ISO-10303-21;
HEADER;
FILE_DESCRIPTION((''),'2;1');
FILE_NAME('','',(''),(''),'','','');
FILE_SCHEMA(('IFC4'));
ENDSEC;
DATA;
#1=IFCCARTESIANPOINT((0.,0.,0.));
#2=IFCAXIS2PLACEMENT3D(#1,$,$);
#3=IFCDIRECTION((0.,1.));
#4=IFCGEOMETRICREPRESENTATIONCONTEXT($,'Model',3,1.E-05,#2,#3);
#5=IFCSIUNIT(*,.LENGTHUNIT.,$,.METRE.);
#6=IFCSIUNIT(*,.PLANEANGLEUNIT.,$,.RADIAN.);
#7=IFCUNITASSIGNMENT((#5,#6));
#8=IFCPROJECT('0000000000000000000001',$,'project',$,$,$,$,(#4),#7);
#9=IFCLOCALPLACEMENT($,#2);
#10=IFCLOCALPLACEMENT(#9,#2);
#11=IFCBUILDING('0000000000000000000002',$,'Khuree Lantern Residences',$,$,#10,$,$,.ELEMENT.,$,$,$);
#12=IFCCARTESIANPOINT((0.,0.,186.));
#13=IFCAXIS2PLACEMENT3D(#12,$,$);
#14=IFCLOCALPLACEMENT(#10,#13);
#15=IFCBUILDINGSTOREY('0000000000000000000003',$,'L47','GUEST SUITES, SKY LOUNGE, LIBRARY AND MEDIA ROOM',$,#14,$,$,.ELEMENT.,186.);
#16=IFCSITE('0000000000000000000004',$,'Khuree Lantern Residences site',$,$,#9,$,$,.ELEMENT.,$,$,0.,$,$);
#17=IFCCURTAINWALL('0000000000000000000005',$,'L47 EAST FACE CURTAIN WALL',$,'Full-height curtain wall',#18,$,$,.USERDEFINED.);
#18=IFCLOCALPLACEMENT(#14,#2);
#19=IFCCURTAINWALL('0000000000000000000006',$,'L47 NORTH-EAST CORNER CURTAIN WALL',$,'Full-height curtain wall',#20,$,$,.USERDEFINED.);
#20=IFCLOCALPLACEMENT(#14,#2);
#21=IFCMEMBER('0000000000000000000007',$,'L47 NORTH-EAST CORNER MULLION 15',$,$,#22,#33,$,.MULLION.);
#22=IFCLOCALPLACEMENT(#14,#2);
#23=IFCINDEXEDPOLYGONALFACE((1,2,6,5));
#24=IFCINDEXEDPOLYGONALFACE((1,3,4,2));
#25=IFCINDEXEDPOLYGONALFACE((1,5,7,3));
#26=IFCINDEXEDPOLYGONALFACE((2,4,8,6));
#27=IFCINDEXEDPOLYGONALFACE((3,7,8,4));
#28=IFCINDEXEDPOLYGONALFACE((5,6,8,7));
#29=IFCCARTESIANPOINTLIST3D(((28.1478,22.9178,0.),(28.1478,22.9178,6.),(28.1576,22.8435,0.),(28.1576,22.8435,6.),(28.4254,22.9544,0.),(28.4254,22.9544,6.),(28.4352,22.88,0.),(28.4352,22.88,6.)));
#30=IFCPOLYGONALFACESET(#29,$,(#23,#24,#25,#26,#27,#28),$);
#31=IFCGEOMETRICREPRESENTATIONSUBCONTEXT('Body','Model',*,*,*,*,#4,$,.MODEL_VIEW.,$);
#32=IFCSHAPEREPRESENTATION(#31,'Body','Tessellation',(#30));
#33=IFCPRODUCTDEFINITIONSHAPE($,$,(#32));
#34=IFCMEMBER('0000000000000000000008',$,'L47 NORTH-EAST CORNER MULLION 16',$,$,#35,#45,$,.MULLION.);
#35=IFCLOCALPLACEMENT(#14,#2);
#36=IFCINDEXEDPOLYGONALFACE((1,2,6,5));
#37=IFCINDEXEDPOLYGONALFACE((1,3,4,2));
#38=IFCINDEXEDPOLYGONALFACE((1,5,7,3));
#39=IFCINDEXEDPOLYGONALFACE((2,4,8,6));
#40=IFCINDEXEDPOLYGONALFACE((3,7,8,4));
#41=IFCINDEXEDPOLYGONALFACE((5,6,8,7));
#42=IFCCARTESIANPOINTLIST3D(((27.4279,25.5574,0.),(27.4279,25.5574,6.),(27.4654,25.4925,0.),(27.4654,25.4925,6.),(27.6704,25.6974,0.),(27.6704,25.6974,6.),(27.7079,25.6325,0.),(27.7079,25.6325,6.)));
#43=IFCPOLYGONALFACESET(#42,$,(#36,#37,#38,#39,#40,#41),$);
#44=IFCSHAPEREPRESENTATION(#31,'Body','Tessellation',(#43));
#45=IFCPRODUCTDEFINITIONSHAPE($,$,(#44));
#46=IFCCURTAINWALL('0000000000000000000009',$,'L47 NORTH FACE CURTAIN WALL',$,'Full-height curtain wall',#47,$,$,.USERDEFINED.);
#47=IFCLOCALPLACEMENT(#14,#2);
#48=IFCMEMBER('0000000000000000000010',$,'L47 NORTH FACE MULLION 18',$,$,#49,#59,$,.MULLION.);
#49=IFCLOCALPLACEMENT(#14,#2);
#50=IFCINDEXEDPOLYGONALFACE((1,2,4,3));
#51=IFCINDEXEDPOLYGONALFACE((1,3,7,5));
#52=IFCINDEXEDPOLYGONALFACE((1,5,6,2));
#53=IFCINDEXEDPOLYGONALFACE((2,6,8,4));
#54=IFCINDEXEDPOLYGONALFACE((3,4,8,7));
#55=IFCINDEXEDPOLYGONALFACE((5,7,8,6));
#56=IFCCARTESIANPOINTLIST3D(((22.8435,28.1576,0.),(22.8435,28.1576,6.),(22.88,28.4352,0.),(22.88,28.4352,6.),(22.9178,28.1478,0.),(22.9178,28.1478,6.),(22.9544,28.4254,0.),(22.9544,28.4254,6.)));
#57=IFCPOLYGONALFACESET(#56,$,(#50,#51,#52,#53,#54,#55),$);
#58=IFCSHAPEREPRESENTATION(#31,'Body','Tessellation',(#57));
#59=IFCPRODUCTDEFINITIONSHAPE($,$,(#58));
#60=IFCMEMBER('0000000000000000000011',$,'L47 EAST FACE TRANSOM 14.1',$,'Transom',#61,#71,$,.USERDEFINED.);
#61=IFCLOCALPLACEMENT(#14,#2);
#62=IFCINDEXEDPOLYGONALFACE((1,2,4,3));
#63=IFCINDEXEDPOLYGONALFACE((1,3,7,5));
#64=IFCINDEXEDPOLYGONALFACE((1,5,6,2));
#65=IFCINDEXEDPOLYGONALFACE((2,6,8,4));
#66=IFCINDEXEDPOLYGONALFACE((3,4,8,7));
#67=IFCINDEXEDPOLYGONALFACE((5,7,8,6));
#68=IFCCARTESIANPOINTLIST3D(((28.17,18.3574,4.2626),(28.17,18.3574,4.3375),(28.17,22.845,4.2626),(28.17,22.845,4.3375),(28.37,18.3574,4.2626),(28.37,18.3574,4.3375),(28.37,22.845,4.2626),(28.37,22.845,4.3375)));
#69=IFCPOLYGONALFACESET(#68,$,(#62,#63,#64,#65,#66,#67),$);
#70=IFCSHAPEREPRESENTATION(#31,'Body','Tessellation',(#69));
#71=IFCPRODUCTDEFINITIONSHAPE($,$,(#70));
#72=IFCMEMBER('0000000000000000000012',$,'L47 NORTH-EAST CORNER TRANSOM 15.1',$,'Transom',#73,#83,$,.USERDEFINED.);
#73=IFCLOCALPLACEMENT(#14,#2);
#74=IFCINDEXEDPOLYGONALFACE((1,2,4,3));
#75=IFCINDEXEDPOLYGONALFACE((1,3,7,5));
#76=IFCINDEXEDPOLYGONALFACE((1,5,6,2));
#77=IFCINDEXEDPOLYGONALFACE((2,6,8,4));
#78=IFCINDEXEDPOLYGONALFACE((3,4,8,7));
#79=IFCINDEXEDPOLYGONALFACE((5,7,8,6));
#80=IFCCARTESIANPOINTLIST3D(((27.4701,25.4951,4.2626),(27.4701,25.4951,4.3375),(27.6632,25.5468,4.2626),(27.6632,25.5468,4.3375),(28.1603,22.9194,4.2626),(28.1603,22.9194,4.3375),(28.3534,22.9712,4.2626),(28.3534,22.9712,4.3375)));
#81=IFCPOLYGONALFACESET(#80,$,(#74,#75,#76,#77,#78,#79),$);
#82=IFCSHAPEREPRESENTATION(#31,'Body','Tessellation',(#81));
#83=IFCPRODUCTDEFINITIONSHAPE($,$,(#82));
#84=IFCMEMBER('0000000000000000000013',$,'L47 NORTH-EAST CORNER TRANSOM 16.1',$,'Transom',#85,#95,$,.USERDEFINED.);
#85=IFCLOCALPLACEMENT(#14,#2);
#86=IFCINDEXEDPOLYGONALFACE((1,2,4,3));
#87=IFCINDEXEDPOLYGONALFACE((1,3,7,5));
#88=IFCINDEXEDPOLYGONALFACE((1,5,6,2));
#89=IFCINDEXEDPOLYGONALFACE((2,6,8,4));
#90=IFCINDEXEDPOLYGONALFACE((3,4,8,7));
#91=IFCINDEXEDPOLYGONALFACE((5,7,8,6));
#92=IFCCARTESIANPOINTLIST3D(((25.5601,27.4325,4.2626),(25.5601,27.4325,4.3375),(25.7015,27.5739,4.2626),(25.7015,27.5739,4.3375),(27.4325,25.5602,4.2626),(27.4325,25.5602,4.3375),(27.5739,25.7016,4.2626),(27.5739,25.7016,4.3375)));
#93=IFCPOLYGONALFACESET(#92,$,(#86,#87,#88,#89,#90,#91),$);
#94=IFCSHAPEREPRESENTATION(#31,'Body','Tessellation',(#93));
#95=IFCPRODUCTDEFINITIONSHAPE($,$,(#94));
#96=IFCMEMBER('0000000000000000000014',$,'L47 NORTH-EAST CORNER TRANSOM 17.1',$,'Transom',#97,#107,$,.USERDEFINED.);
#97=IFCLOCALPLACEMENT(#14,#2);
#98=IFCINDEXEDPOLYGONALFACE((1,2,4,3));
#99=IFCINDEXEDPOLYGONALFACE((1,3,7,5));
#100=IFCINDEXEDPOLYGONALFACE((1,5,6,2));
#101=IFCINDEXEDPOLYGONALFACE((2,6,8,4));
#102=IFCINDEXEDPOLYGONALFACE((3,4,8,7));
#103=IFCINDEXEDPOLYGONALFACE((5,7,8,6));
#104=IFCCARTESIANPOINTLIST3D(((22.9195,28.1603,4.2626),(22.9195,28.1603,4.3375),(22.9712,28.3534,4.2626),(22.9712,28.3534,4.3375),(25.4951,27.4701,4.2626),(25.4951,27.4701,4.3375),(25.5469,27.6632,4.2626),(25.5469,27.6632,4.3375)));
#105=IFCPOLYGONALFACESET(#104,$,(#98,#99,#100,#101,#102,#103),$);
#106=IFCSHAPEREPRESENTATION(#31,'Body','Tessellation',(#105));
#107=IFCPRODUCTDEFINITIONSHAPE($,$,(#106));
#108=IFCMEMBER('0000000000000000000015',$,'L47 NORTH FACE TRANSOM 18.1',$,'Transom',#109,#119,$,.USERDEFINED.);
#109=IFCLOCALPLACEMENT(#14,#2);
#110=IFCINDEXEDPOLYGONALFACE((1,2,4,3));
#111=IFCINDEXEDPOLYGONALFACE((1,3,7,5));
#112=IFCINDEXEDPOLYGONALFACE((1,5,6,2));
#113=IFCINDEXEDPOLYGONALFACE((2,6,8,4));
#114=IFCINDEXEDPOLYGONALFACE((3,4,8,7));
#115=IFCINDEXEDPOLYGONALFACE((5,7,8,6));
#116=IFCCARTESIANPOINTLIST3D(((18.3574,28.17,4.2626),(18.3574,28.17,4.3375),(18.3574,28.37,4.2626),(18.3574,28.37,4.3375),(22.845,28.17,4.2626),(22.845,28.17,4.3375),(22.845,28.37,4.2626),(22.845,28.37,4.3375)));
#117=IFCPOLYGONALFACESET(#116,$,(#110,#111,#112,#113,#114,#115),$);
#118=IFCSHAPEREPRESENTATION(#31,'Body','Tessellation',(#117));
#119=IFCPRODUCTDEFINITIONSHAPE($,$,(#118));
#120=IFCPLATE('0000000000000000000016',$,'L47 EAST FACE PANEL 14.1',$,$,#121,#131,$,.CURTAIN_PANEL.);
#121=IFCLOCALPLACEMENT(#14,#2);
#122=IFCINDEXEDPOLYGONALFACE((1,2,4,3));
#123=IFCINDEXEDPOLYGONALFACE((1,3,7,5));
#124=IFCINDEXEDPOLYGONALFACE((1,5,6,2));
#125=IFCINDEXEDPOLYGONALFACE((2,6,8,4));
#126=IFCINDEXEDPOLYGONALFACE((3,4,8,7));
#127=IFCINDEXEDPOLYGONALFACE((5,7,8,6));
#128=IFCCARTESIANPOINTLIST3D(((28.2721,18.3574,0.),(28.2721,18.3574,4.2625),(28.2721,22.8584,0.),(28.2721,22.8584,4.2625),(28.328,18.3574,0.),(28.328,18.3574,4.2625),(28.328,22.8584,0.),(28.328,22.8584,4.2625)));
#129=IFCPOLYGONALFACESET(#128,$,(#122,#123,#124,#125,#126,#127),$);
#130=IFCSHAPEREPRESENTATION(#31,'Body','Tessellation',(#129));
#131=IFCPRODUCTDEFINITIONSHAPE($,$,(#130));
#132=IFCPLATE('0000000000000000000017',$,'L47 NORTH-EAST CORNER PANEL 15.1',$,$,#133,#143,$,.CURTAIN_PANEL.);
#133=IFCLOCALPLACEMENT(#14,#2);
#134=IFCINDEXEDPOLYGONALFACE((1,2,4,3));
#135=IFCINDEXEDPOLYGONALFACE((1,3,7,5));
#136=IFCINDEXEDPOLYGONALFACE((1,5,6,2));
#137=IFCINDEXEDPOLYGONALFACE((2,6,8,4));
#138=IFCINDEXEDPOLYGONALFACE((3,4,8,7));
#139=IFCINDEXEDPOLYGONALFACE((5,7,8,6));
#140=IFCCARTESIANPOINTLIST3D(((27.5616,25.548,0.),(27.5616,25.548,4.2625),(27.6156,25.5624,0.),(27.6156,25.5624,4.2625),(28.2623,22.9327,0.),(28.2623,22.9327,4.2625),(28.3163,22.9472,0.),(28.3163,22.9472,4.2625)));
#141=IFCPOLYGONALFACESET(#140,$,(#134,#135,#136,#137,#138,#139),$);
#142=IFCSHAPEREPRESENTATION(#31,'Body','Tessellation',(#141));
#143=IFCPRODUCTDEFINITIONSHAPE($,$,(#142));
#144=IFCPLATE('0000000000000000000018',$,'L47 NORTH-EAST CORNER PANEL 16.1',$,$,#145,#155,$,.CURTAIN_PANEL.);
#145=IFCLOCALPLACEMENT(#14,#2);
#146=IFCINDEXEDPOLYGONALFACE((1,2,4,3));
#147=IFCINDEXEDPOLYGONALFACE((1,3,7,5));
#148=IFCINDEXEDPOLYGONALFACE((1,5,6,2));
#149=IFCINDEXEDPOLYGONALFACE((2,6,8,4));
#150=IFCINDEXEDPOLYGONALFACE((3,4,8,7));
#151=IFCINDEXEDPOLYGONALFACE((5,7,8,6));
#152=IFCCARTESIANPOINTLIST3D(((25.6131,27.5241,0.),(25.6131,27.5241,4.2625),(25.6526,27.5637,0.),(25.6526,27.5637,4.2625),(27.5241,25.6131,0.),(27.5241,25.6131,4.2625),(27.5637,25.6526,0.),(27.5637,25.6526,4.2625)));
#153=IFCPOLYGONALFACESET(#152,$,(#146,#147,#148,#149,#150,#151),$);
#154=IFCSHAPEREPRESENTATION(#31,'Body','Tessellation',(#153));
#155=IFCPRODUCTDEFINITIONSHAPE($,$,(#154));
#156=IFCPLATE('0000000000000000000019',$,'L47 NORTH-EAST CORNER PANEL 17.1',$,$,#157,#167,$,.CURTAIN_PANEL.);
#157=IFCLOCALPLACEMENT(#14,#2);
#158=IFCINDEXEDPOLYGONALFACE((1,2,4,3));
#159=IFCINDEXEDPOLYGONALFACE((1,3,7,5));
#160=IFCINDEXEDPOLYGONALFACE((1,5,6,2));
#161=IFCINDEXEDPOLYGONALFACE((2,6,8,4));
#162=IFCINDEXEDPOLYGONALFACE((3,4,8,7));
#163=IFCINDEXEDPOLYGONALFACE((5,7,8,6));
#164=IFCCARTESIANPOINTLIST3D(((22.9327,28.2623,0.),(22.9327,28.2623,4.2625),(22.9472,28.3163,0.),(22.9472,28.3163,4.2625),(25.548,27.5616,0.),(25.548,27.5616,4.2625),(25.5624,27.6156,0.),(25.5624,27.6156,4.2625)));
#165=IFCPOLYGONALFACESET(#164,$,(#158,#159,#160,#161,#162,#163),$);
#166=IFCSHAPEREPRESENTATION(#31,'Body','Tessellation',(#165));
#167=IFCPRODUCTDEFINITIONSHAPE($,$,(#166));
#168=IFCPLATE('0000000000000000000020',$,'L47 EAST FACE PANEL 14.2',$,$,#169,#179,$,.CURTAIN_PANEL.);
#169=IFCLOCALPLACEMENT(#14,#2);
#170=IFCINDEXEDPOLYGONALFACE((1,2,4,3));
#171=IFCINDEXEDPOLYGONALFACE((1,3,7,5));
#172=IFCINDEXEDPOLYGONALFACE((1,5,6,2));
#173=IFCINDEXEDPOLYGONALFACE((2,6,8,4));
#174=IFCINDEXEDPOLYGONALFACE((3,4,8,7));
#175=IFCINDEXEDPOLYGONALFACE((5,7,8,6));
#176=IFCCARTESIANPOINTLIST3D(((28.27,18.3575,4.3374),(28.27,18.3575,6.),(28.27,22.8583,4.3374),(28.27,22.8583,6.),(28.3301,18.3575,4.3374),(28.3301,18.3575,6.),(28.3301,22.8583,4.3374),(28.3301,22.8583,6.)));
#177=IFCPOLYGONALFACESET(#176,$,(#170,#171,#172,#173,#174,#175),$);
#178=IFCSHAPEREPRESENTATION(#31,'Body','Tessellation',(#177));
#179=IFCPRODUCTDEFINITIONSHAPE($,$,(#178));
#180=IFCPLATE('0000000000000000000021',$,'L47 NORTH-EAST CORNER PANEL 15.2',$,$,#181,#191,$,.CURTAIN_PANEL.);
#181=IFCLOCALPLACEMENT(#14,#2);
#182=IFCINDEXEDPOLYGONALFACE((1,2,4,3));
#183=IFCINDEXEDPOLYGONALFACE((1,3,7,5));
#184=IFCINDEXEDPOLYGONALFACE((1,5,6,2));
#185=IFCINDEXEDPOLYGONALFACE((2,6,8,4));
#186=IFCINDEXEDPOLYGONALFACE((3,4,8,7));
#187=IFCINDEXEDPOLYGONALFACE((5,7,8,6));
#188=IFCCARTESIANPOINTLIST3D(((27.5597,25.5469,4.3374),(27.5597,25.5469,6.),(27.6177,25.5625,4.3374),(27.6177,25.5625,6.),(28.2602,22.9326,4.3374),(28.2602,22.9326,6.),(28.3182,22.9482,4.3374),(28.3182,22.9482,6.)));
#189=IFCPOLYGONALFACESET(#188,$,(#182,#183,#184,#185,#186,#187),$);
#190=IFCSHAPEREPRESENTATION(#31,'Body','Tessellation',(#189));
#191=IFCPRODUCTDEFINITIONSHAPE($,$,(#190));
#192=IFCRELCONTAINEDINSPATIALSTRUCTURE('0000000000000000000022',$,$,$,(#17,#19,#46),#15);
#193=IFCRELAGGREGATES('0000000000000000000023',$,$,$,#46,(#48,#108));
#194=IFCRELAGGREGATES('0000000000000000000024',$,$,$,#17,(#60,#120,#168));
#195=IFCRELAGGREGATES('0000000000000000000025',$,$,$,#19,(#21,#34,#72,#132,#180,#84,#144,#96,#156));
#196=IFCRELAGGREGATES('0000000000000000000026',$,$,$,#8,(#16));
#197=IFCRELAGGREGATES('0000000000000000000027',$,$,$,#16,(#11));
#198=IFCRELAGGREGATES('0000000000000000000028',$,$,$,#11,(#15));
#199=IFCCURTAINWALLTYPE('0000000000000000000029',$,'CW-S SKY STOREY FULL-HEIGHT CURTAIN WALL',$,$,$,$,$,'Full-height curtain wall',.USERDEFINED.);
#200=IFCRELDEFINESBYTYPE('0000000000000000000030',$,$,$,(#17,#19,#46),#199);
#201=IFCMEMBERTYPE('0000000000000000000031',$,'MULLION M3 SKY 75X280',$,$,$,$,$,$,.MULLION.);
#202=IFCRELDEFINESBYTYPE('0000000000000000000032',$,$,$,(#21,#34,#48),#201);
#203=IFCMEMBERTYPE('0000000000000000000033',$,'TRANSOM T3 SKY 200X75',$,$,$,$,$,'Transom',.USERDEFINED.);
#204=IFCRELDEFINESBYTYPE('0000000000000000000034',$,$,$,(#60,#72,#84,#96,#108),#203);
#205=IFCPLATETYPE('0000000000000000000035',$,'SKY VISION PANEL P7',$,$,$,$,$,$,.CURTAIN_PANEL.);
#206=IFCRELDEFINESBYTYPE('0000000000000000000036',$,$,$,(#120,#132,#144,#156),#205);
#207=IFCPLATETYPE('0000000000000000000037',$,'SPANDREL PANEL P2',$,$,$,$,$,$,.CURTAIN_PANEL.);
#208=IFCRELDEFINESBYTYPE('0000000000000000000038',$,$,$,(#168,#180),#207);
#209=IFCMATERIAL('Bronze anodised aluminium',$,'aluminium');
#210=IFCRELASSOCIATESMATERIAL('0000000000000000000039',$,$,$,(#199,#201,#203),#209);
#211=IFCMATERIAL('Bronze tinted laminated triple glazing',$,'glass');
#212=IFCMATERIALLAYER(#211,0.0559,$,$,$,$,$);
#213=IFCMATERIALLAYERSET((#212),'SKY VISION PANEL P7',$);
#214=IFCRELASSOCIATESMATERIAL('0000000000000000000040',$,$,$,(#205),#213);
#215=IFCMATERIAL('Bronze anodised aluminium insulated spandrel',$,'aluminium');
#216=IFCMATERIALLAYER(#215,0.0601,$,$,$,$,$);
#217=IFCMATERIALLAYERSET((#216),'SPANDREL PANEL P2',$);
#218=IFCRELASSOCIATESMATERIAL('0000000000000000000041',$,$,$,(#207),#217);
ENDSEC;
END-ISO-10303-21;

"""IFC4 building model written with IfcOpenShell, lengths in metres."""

from ifc_helpers import new_model, si_unit, direction, frame, origin, origin_2d, place, context, subcontext, project, spatial, rectangle, extrude, material, layer, layer_set, material_profile, profile_set, type_object, element, aggregate, save


model = new_model("IFC4")

# Units and contexts
model_context = context("Model", 3, precision=1e-05, world=origin(), true_north=direction((0.0, 1.0)))
body_context = subcontext(model_context, "Body", "Model", "MODEL_VIEW")
ifc_project = project(units=[si_unit("LENGTHUNIT", "METRE"), si_unit("PLANEANGLEUNIT", "RADIAN")], contexts=[model_context])

# Site, building, storey
site_placement = place(None, origin())
site = spatial("IfcSite", under=ifc_project, at=site_placement, Name="Khuree Lantern Residences site", CompositionType="ELEMENT", RefElevation=0.0)
building_placement = place(site_placement, origin())
building = spatial("IfcBuilding", under=site, at=building_placement, Name="Khuree Lantern Residences", CompositionType="ELEMENT")
storey_placement = place(building_placement, frame((0.0, 0.0, 186.0)))
storey = spatial("IfcBuildingStorey", under=building, at=storey_placement, Name="L47", Description="GUEST SUITES, SKY LOUNGE, LIBRARY AND MEDIA ROOM", CompositionType="ELEMENT", Elevation=186.0)

# Curtain walls
ifc_material_1 = material(Name="Bronze anodised aluminium", Category="aluminium")
curtain_wall_type = type_object("IfcCurtainWallType", Name="CW-S SKY STOREY FULL-HEIGHT CURTAIN WALL", ElementType="Full-height curtain wall", PredefinedType="USERDEFINED", material=ifc_material_1)
curtain_wall_1_placement = place(storey_placement, origin())
curtain_wall_1 = element("IfcCurtainWall", 1, at=curtain_wall_1_placement, inside=storey, type_object=curtain_wall_type, Name="L47 EAST FACE CURTAIN WALL", ObjectType="Full-height curtain wall", PredefinedType="USERDEFINED")
curtain_wall_2_placement = place(storey_placement, origin())
curtain_wall_2 = element("IfcCurtainWall", 2, at=curtain_wall_2_placement, inside=storey, type_object=curtain_wall_type, Name="L47 NORTH-EAST CORNER CURTAIN WALL", ObjectType="Full-height curtain wall", PredefinedType="USERDEFINED")

# Members
ifc_material_profile_1 = material_profile(ifc_material_1, rectangle(XDim=0.075, YDim=0.28, at=origin_2d()), Name="M3 75X280")
ifc_profile_set_1 = profile_set([ifc_material_profile_1], Name="Bronze anodised aluminium")
member_type_1 = type_object("IfcMemberType", Name="MULLION M3 SKY 75X280", PredefinedType="MULLION", material=ifc_profile_set_1)
member_1_placement = place(storey_placement, frame((28.2915, 22.8989, 0.0), z_axis=(0.0, 0.0, 1.0), x_axis=(-0.130526, 0.991445, 0.0)))
member_1 = element("IfcMember", 3, at=member_1_placement, type_object=member_type_1, Name="L47 NORTH-EAST CORNER MULLION 15", PredefinedType="MULLION", context=body_context, shape_type="SweptSolid", body=[
    extrude(rectangle(XDim=0.075, YDim=0.28, at=origin_2d()), origin(), (0.0, 0.0, 1.0), 6.0),
])
member_2_placement = place(storey_placement, frame((27.5679, 25.595, 0.0), z_axis=(0.0, 0.0, 1.0), x_axis=(-0.5, 0.866025, 0.0)))
member_2 = element("IfcMember", 4, at=member_2_placement, type_object=member_type_1, Name="L47 NORTH-EAST CORNER MULLION 16", PredefinedType="MULLION", context=body_context, shape_type="SweptSolid", body=[
    extrude(rectangle(XDim=0.075, YDim=0.28, at=origin_2d()), origin(), (0.0, 0.0, 1.0), 6.0),
])

# Curtain wall, member
curtain_wall_3_placement = place(storey_placement, origin())
curtain_wall_3 = element("IfcCurtainWall", 5, at=curtain_wall_3_placement, inside=storey, type_object=curtain_wall_type, Name="L47 NORTH FACE CURTAIN WALL", ObjectType="Full-height curtain wall", PredefinedType="USERDEFINED")
member_3_placement = place(storey_placement, frame((22.8989, 28.2915, 0.0), z_axis=(0.0, 0.0, 1.0), x_axis=(-0.991445, 0.130526, 0.0)))
member_3 = element("IfcMember", 6, at=member_3_placement, type_object=member_type_1, Name="L47 NORTH FACE MULLION 18", PredefinedType="MULLION", context=body_context, shape_type="SweptSolid", body=[
    extrude(rectangle(XDim=0.075, YDim=0.28, at=origin_2d()), origin(), (0.0, 0.0, 1.0), 6.0),
])

# Members
ifc_material_profile_2 = material_profile(ifc_material_1, rectangle(XDim=0.2, YDim=0.075, at=origin_2d()), Name="T3 200X75")
ifc_profile_set_2 = profile_set([ifc_material_profile_2], Name="Bronze anodised aluminium")
member_type_2 = type_object("IfcMemberType", Name="TRANSOM T3 SKY 200X75", ElementType="Transom", PredefinedType="USERDEFINED", material=ifc_profile_set_2)
member_4_placement = place(storey_placement, frame((28.27, 18.3574, 4.3), z_axis=(0.0, 1.0, 0.0), x_axis=(-1.0, 0.0, 0.0)))
member_4 = element("IfcMember", 7, at=member_4_placement, type_object=member_type_2, Name="L47 EAST FACE TRANSOM 14.1", ObjectType="Transom", PredefinedType="USERDEFINED", context=body_context, shape_type="SweptSolid", body=[
    extrude(rectangle(XDim=0.2, YDim=0.075, at=origin_2d()), origin(), (0.0, 0.0, 1.0), 4.4875),
])
member_5_placement = place(storey_placement, frame((28.2568, 22.9453, 4.3), z_axis=(-0.258831, 0.965923, 0.0), x_axis=(-0.965923, -0.258831, 0.0)))
member_5 = element("IfcMember", 8, at=member_5_placement, type_object=member_type_2, Name="L47 NORTH-EAST CORNER TRANSOM 15.1", ObjectType="Transom", PredefinedType="USERDEFINED", context=body_context, shape_type="SweptSolid", body=[
    extrude(rectangle(XDim=0.2, YDim=0.075, at=origin_2d()), origin(), (0.0, 0.0, 1.0), 2.6665),
])
member_6_placement = place(storey_placement, frame((27.5032, 25.6309, 4.3), z_axis=(-0.707107, 0.707107, 0.0), x_axis=(-0.707107, -0.707107, 0.0)))
member_6 = element("IfcMember", 9, at=member_6_placement, type_object=member_type_2, Name="L47 NORTH-EAST CORNER TRANSOM 16.1", ObjectType="Transom", PredefinedType="USERDEFINED", context=body_context, shape_type="SweptSolid", body=[
    extrude(rectangle(XDim=0.2, YDim=0.075, at=origin_2d()), origin(), (0.0, 0.0, 1.0), 2.6479),
])
member_7_placement = place(storey_placement, frame((25.521, 27.5667, 4.3), z_axis=(-0.965923, 0.258831, 0.0), x_axis=(-0.258831, -0.965923, 0.0)))
member_7 = element("IfcMember", 10, at=member_7_placement, type_object=member_type_2, Name="L47 NORTH-EAST CORNER TRANSOM 17.1", ObjectType="Transom", PredefinedType="USERDEFINED", context=body_context, shape_type="SweptSolid", body=[
    extrude(rectangle(XDim=0.2, YDim=0.075, at=origin_2d()), origin(), (0.0, 0.0, 1.0), 2.6665),
])
member_8_placement = place(storey_placement, frame((22.845, 28.27, 4.3), z_axis=(-1.0, 0.0, 0.0), x_axis=(0.0, -1.0, 0.0)))
member_8 = element("IfcMember", 11, at=member_8_placement, type_object=member_type_2, Name="L47 NORTH FACE TRANSOM 18.1", ObjectType="Transom", PredefinedType="USERDEFINED", context=body_context, shape_type="SweptSolid", body=[
    extrude(rectangle(XDim=0.2, YDim=0.075, at=origin_2d()), origin(), (0.0, 0.0, 1.0), 4.4875),
])
aggregate(curtain_wall_3, [member_3, member_8])

# Plates
ifc_material_2 = material(Name="Bronze tinted laminated triple glazing", Category="glass")
ifc_layer_1 = layer(ifc_material_2, 0.0559)
ifc_layer_set_1 = layer_set([ifc_layer_1], Name="SKY VISION PANEL P7")
plate_type_1 = type_object("IfcPlateType", Name="SKY VISION PANEL P7", PredefinedType="CURTAIN_PANEL", material=ifc_layer_set_1)
plate_1_placement = place(storey_placement, frame((28.3, 20.6079, 0.0), z_axis=(0.0, 0.0, 1.0), x_axis=(0.0, 1.0, 0.0)))
plate_1 = element("IfcPlate", 12, at=plate_1_placement, type_object=plate_type_1, Name="L47 EAST FACE PANEL 14.1", PredefinedType="CURTAIN_PANEL", context=body_context, shape_type="SweptSolid", body=[
    extrude(rectangle(XDim=4.501, YDim=0.0559, at=origin_2d()), origin(), (0.0, 0.0, 1.0), 4.2625),
])
plate_2_placement = place(storey_placement, frame((27.939, 24.2476, 0.0), z_axis=(0.0, 0.0, 1.0), x_axis=(-0.258819, 0.965926, 0.0)))
plate_2 = element("IfcPlate", 13, at=plate_2_placement, type_object=plate_type_1, Name="L47 NORTH-EAST CORNER PANEL 15.1", PredefinedType="CURTAIN_PANEL", context=body_context, shape_type="SweptSolid", body=[
    extrude(rectangle(XDim=2.7075, YDim=0.0559, at=origin_2d()), origin(), (0.0, 0.0, 1.0), 4.2625),
])
plate_3_placement = place(storey_placement, frame((26.5884, 26.5884, 0.0), z_axis=(0.0, 0.0, 1.0), x_axis=(-0.707107, 0.707107, 0.0)))
plate_3 = element("IfcPlate", 14, at=plate_3_placement, type_object=plate_type_1, Name="L47 NORTH-EAST CORNER PANEL 16.1", PredefinedType="CURTAIN_PANEL", context=body_context, shape_type="SweptSolid", body=[
    extrude(rectangle(XDim=2.7026, YDim=0.0559, at=origin_2d()), origin(), (0.0, 0.0, 1.0), 4.2625),
])
plate_4_placement = place(storey_placement, frame((24.2476, 27.939, 0.0), z_axis=(0.0, 0.0, 1.0), x_axis=(-0.965926, 0.258819, 0.0)))
plate_4 = element("IfcPlate", 15, at=plate_4_placement, type_object=plate_type_1, Name="L47 NORTH-EAST CORNER PANEL 17.1", PredefinedType="CURTAIN_PANEL", context=body_context, shape_type="SweptSolid", body=[
    extrude(rectangle(XDim=2.7075, YDim=0.0559, at=origin_2d()), origin(), (0.0, 0.0, 1.0), 4.2625),
])
ifc_material_3 = material(Name="Bronze anodised aluminium insulated spandrel", Category="aluminium")
ifc_layer_2 = layer(ifc_material_3, 0.0601)
ifc_layer_set_2 = layer_set([ifc_layer_2], Name="SPANDREL PANEL P2")
plate_type_2 = type_object("IfcPlateType", Name="SPANDREL PANEL P2", PredefinedType="CURTAIN_PANEL", material=ifc_layer_set_2)
plate_5_placement = place(storey_placement, frame((28.3, 20.6079, 4.3374), z_axis=(0.0, 0.0, 1.0), x_axis=(0.0, 1.0, 0.0)))
plate_5 = element("IfcPlate", 16, at=plate_5_placement, type_object=plate_type_2, Name="L47 EAST FACE PANEL 14.2", PredefinedType="CURTAIN_PANEL", context=body_context, shape_type="SweptSolid", body=[
    extrude(rectangle(XDim=4.5007, YDim=0.0601, at=origin_2d()), origin(), (0.0, 0.0, 1.0), 1.6626),
])
aggregate(curtain_wall_1, [member_4, plate_1, plate_5])
plate_6_placement = place(storey_placement, frame((27.939, 24.2476, 4.3374), z_axis=(0.0, 0.0, 1.0), x_axis=(-0.258819, 0.965926, 0.0)))
plate_6 = element("IfcPlate", 17, at=plate_6_placement, type_object=plate_type_2, Name="L47 NORTH-EAST CORNER PANEL 15.2", PredefinedType="CURTAIN_PANEL", context=body_context, shape_type="SweptSolid", body=[
    extrude(rectangle(XDim=2.7065, YDim=0.0601, at=origin_2d()), origin(), (0.0, 0.0, 1.0), 1.6626),
])
aggregate(curtain_wall_2, [member_1, member_2, member_5, plate_2, plate_6, member_6, plate_3, member_7, plate_4])

save(model, "model.ifc")
